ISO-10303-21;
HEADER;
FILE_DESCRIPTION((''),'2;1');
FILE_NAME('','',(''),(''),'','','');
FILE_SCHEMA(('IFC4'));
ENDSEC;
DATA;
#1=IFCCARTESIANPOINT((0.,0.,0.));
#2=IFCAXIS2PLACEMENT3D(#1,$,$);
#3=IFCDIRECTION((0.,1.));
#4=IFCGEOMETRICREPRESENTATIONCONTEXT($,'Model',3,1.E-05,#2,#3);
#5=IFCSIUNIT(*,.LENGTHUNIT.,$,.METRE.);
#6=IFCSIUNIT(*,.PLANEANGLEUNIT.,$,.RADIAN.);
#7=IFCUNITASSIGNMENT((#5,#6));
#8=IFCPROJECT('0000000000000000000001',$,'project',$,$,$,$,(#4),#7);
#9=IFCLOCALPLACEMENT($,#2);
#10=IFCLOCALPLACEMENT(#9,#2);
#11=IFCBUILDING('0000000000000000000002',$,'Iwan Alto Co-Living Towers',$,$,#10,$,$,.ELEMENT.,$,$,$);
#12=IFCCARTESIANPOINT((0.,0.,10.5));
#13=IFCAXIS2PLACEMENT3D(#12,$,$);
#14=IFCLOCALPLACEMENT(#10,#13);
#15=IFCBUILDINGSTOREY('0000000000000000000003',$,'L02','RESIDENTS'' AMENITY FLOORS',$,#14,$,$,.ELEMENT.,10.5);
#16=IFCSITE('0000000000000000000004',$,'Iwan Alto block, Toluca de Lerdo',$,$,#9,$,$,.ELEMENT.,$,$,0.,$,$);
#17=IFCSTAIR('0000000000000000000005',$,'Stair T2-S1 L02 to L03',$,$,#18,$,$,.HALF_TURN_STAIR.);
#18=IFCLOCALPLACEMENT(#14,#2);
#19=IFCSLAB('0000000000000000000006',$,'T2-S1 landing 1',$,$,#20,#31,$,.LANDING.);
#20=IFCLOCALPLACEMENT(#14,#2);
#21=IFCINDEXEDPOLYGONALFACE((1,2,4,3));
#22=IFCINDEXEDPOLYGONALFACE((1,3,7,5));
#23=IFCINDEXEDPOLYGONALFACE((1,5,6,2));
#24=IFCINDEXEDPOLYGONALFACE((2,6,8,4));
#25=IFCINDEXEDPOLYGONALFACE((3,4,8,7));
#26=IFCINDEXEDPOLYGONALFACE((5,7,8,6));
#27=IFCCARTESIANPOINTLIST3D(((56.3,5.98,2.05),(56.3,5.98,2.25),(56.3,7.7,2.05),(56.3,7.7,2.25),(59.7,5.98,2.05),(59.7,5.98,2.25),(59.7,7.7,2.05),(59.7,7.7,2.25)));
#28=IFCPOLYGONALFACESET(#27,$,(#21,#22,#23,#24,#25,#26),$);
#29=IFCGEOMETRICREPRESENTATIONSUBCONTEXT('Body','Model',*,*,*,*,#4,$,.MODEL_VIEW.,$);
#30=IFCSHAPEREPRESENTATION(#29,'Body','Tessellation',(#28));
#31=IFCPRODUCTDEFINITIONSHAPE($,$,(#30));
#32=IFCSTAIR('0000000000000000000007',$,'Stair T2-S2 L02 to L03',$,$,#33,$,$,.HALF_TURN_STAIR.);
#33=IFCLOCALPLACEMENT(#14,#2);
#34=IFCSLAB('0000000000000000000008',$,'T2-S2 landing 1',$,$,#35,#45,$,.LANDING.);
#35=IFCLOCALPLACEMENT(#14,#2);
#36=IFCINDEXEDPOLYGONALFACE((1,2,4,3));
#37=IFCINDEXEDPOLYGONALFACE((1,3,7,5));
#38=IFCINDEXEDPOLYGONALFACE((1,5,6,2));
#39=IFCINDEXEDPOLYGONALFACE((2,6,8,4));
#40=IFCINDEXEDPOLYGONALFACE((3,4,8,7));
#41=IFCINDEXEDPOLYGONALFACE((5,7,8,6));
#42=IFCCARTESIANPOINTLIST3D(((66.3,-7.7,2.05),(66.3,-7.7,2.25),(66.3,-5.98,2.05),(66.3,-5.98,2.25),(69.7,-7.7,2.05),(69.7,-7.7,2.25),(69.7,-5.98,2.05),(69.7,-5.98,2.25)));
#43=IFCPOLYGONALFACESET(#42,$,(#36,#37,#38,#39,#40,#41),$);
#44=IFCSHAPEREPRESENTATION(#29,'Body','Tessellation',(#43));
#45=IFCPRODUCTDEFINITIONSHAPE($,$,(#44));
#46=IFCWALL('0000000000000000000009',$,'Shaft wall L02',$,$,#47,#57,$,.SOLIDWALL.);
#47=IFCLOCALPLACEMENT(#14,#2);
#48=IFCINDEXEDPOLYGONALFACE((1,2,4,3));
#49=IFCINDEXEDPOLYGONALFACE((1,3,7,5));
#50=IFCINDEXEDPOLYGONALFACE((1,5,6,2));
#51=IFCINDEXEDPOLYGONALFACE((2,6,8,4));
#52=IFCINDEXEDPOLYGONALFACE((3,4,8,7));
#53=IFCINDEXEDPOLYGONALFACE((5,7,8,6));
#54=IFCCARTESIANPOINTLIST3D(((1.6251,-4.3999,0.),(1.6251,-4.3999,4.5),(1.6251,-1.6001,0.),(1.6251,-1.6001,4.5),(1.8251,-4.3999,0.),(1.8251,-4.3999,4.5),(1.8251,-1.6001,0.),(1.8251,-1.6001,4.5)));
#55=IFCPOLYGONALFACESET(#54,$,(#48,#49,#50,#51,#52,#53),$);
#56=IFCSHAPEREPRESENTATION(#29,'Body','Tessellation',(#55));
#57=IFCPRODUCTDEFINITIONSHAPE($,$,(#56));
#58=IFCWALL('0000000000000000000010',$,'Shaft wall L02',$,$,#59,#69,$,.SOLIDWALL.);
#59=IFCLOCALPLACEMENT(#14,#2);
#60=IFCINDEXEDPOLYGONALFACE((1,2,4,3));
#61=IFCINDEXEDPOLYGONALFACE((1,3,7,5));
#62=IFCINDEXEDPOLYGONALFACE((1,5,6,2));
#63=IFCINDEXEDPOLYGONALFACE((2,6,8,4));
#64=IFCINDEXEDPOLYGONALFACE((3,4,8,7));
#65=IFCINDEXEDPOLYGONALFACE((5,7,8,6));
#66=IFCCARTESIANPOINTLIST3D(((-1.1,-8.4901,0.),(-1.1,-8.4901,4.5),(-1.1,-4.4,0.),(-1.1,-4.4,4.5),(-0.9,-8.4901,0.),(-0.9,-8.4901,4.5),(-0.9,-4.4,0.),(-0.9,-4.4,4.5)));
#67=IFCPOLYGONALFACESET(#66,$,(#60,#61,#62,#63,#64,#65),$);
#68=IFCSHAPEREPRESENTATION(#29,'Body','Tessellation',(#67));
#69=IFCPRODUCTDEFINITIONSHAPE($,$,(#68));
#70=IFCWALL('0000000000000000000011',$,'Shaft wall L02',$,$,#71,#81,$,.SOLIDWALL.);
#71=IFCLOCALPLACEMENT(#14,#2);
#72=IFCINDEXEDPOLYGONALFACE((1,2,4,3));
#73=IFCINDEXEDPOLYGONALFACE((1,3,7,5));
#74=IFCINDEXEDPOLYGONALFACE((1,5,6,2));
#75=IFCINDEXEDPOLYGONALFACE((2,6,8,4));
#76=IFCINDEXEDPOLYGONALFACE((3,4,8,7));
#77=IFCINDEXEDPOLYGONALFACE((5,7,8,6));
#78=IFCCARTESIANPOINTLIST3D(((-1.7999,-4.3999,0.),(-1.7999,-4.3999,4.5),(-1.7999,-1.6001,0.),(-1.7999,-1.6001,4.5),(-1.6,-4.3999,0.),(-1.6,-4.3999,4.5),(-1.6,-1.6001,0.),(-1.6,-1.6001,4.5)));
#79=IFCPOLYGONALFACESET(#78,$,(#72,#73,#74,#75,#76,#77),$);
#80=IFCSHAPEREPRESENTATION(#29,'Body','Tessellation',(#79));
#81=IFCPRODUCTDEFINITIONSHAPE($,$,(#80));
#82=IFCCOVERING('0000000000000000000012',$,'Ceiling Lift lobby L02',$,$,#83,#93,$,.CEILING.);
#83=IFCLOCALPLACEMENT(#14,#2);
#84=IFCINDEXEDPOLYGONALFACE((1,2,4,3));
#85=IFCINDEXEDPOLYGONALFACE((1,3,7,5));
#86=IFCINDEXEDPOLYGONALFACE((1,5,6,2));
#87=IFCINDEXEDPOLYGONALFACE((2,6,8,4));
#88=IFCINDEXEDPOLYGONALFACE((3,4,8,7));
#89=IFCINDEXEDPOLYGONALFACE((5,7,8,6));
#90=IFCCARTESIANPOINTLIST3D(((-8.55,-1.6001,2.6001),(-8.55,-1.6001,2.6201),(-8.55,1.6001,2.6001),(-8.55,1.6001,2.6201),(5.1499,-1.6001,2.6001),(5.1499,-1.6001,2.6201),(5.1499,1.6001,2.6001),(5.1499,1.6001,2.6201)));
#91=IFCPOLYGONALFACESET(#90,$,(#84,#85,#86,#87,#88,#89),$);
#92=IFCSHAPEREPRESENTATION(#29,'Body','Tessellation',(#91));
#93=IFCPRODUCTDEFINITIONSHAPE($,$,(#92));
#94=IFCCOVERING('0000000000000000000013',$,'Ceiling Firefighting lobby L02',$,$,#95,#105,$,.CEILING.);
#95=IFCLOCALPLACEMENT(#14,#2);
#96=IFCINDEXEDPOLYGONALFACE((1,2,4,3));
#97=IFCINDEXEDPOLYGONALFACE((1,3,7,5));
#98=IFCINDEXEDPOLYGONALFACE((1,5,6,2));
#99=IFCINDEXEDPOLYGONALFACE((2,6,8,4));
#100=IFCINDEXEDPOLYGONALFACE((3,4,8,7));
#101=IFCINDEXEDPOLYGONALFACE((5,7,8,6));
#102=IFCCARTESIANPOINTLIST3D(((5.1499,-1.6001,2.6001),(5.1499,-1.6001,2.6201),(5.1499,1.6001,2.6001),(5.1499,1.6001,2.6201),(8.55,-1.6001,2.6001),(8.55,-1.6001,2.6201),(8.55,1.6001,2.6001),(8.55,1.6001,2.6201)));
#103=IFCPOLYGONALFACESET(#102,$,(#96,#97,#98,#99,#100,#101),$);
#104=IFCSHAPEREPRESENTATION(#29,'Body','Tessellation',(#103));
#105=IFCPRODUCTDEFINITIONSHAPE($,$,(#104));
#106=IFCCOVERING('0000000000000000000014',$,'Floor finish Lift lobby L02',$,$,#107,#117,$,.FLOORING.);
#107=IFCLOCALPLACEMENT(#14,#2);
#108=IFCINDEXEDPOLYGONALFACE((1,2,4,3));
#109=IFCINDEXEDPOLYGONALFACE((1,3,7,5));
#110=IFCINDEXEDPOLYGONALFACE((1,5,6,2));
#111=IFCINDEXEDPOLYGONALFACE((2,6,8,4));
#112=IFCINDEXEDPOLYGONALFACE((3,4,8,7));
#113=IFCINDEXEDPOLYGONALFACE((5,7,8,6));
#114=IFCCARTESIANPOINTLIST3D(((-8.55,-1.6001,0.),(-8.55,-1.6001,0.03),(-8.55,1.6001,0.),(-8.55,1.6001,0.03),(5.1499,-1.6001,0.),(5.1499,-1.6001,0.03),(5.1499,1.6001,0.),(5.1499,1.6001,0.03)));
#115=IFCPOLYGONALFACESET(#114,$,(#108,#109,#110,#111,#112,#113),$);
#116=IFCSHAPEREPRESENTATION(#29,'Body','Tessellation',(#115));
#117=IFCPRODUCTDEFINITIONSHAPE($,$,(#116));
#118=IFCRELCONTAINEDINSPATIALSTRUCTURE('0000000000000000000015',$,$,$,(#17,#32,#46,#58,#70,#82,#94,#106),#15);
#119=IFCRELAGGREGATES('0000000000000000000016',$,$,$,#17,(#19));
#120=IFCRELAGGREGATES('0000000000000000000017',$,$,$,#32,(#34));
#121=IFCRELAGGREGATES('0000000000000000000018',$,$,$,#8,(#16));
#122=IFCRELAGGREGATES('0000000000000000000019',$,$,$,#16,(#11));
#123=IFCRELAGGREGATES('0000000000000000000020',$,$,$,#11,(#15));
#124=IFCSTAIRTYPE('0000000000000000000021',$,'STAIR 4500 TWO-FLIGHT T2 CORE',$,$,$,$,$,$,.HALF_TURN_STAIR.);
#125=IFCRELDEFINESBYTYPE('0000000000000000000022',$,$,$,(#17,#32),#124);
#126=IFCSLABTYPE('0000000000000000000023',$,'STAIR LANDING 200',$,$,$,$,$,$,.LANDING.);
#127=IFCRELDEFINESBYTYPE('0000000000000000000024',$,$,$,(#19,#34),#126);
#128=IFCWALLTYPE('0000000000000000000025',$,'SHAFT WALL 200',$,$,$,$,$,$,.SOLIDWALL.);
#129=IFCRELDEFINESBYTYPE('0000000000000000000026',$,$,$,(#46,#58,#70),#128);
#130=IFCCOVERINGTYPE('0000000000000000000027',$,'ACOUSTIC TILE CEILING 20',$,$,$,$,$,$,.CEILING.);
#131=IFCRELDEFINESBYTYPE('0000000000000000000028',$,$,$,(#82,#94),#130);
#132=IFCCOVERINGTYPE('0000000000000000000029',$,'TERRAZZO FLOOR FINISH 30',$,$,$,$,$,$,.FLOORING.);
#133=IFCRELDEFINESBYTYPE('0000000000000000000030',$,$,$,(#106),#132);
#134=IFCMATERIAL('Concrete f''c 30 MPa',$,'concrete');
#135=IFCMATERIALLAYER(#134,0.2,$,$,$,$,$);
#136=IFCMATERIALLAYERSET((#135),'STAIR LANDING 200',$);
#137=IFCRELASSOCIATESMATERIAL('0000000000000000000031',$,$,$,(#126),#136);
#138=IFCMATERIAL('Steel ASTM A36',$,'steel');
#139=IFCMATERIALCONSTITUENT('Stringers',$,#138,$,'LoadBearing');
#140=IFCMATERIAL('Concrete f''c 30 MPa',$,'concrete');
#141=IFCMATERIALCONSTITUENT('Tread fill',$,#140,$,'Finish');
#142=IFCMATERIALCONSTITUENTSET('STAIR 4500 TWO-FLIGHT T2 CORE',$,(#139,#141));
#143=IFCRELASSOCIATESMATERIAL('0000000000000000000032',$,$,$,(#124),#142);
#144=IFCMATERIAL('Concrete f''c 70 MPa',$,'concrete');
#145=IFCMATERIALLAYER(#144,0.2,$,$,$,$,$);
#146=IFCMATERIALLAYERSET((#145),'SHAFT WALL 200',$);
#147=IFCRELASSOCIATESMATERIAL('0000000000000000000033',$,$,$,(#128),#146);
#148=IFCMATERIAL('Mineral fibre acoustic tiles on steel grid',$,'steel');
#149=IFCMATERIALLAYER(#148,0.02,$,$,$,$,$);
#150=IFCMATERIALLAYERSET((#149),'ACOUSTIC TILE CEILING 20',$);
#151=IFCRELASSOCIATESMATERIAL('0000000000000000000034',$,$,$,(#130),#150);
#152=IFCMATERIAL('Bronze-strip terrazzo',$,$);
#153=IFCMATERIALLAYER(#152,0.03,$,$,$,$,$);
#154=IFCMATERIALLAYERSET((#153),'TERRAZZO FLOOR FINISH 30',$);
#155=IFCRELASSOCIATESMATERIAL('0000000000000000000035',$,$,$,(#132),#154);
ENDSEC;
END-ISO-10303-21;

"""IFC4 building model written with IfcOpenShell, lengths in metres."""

from ifc_helpers import new_model, si_unit, direction, frame, frame_2d, origin, place, context, subcontext, project, spatial, polyline, rectangle, outline, extrude, material, layer, layer_set, constituent, constituent_set, type_object, element, aggregate, save


model = new_model("IFC4")

# Units and contexts
model_context = context("Model", 3, precision=1e-05, world=origin(), true_north=direction((0.0, 1.0)))
body_context = subcontext(model_context, "Body", "Model", "MODEL_VIEW")
ifc_project = project(units=[si_unit("LENGTHUNIT", "METRE"), si_unit("PLANEANGLEUNIT", "RADIAN")], contexts=[model_context])

# Site, building, storey
site_placement = place(None, origin())
site = spatial("IfcSite", under=ifc_project, at=site_placement, Name="Iwan Alto block, Toluca de Lerdo", CompositionType="ELEMENT", RefElevation=0.0)
building_placement = place(site_placement, origin())
building = spatial("IfcBuilding", under=site, at=building_placement, Name="Iwan Alto Co-Living Towers", CompositionType="ELEMENT")
storey_placement = place(building_placement, frame((0.0, 0.0, 10.5)))
storey = spatial("IfcBuildingStorey", under=building, at=storey_placement, Name="L02", Description="RESIDENTS' AMENITY FLOORS", CompositionType="ELEMENT", Elevation=10.5)

# Stairs, slabs
ifc_material_1 = material(Name="Steel ASTM A36", Category="steel")
ifc_material_2 = material(Name="Concrete f'c 30 MPa", Category="concrete")
ifc_material_3 = material(Name="Concrete f'c 30 MPa", Category="concrete")
ifc_layer_1 = layer(ifc_material_3, 0.2)
ifc_layer_set_1 = layer_set([ifc_layer_1], Name="STAIR LANDING 200")
slab_type_1 = type_object("IfcSlabType", Name="STAIR LANDING 200", PredefinedType="LANDING", material=ifc_layer_set_1)
ifc_constituent_1 = constituent(ifc_material_1, Name="Stringers", Category="LoadBearing")
ifc_constituent_2 = constituent(ifc_material_2, Name="Tread fill", Category="Finish")
ifc_constituent_set_1 = constituent_set(constituents=[ifc_constituent_1, ifc_constituent_2], Name="STAIR 4500 TWO-FLIGHT T2 CORE")
stair_type_1 = type_object("IfcStairType", Name="STAIR 4500 TWO-FLIGHT T2 CORE", PredefinedType="HALF_TURN_STAIR", material=ifc_constituent_set_1)
stair_1_placement = place(storey_placement, origin())
stair_1 = element("IfcStair", 1, at=stair_1_placement, inside=storey, type_object=stair_type_1, Name="Stair T2-S1 L02 to L03", PredefinedType="HALF_TURN_STAIR")
slab_1_placement = place(storey_placement, frame((0.0, 0.0, 2.05)))
slab_1 = element("IfcSlab", 2, at=slab_1_placement, type_object=slab_type_1, Name="T2-S1 landing 1", PredefinedType="LANDING", context=body_context, shape_type="SweptSolid", body=[
    extrude(outline(polyline([(56.3, 5.98), (56.3, 7.7), (59.7, 7.7), (59.7, 5.98), (56.3, 5.98)])), origin(), (0.0, 0.0, 1.0), 0.2),
])
aggregate(stair_1, [slab_1])
stair_2_placement = place(storey_placement, origin())
stair_2 = element("IfcStair", 3, at=stair_2_placement, inside=storey, type_object=stair_type_1, Name="Stair T2-S2 L02 to L03", PredefinedType="HALF_TURN_STAIR")
slab_2_placement = place(storey_placement, frame((0.0, 0.0, 2.05)))
slab_2 = element("IfcSlab", 4, at=slab_2_placement, type_object=slab_type_1, Name="T2-S2 landing 1", PredefinedType="LANDING", context=body_context, shape_type="SweptSolid", body=[
    extrude(outline(polyline([(66.3, -5.98), (66.3, -7.7), (69.7, -7.7), (69.7, -5.98), (66.3, -5.98)])), origin(), (0.0, 0.0, 1.0), 0.2),
])
aggregate(stair_2, [slab_2])

# Walls
ifc_material_4 = material(Name="Concrete f'c 70 MPa", Category="concrete")
ifc_layer_2 = layer(ifc_material_4, 0.2)
ifc_layer_set_2 = layer_set([ifc_layer_2], Name="SHAFT WALL 200")
wall_type = type_object("IfcWallType", Name="SHAFT WALL 200", PredefinedType="SOLIDWALL", material=ifc_layer_set_2)
wall_1_placement = place(storey_placement, frame((1.7251, -4.3999, 0.0), z_axis=(0.0, 0.0, 1.0), x_axis=(0.0, 1.0, 0.0)))
element("IfcWall", 5, at=wall_1_placement, inside=storey, type_object=wall_type, Name="Shaft wall L02", PredefinedType="SOLIDWALL", context=body_context, shape_type="SweptSolid", body=[
    extrude(rectangle(XDim=2.7998, YDim=0.2, at=frame_2d((1.3999, 0.0))), origin(), (0.0, 0.0, 1.0), 4.5),
])
wall_2_placement = place(storey_placement, frame((-1.0, -8.49, 0.0), z_axis=(0.0, 0.0, 1.0), x_axis=(0.0, 1.0, 0.0)))
element("IfcWall", 6, at=wall_2_placement, inside=storey, type_object=wall_type, Name="Shaft wall L02", PredefinedType="SOLIDWALL", context=body_context, shape_type="SweptSolid", body=[
    extrude(rectangle(XDim=4.0901, YDim=0.2, at=frame_2d((2.0449, 0.0))), origin(), (0.0, 0.0, 1.0), 4.5),
])
wall_3_placement = place(storey_placement, frame((-1.7, -4.3999, 0.0), z_axis=(0.0, 0.0, 1.0), x_axis=(0.0, 1.0, 0.0)))
element("IfcWall", 7, at=wall_3_placement, inside=storey, type_object=wall_type, Name="Shaft wall L02", PredefinedType="SOLIDWALL", context=body_context, shape_type="SweptSolid", body=[
    extrude(rectangle(XDim=2.7998, YDim=0.2, at=frame_2d((1.3999, 0.0))), origin(), (0.0, 0.0, 1.0), 4.5),
])

# Coverings
ifc_material_5 = material(Name="Mineral fibre acoustic tiles on steel grid", Category="steel")
ifc_layer_3 = layer(ifc_material_5, 0.02)
ifc_layer_set_3 = layer_set([ifc_layer_3], Name="ACOUSTIC TILE CEILING 20")
covering_type_1 = type_object("IfcCoveringType", Name="ACOUSTIC TILE CEILING 20", PredefinedType="CEILING", material=ifc_layer_set_3)
covering_1_placement = place(storey_placement, frame((0.0, 0.0, 2.6001)))
element("IfcCovering", 8, at=covering_1_placement, inside=storey, type_object=covering_type_1, Name="Ceiling Lift lobby L02", PredefinedType="CEILING", context=body_context, shape_type="SweptSolid", body=[
    extrude(outline(polyline([(-8.55, -1.6001), (-8.55, 1.6001), (5.1499, 1.6001), (5.1499, -1.6001), (-8.55, -1.6001)])), origin(), (0.0, 0.0, 1.0), 0.02),
])
covering_2_placement = place(storey_placement, frame((0.0, 0.0, 2.6001)))
element("IfcCovering", 9, at=covering_2_placement, inside=storey, type_object=covering_type_1, Name="Ceiling Firefighting lobby L02", PredefinedType="CEILING", context=body_context, shape_type="SweptSolid", body=[
    extrude(outline(polyline([(5.1499, -1.6001), (5.1499, 1.6001), (8.55, 1.6001), (8.55, -1.6001), (5.1499, -1.6001)])), origin(), (0.0, 0.0, 1.0), 0.02),
])
ifc_material_6 = material(Name="Bronze-strip terrazzo")
ifc_layer_4 = layer(ifc_material_6, 0.03)
ifc_layer_set_4 = layer_set([ifc_layer_4], Name="TERRAZZO FLOOR FINISH 30")
covering_type_2 = type_object("IfcCoveringType", Name="TERRAZZO FLOOR FINISH 30", PredefinedType="FLOORING", material=ifc_layer_set_4)
covering_3_placement = place(storey_placement, origin())
element("IfcCovering", 10, at=covering_3_placement, inside=storey, type_object=covering_type_2, Name="Floor finish Lift lobby L02", PredefinedType="FLOORING", context=body_context, shape_type="SweptSolid", body=[
    extrude(outline(polyline([(-8.55, -1.6001), (-8.55, 1.6001), (5.1499, 1.6001), (5.1499, -1.6001), (-8.55, -1.6001)])), origin(), (0.0, 0.0, 1.0), 0.03),
])

save(model, "model.ifc")
